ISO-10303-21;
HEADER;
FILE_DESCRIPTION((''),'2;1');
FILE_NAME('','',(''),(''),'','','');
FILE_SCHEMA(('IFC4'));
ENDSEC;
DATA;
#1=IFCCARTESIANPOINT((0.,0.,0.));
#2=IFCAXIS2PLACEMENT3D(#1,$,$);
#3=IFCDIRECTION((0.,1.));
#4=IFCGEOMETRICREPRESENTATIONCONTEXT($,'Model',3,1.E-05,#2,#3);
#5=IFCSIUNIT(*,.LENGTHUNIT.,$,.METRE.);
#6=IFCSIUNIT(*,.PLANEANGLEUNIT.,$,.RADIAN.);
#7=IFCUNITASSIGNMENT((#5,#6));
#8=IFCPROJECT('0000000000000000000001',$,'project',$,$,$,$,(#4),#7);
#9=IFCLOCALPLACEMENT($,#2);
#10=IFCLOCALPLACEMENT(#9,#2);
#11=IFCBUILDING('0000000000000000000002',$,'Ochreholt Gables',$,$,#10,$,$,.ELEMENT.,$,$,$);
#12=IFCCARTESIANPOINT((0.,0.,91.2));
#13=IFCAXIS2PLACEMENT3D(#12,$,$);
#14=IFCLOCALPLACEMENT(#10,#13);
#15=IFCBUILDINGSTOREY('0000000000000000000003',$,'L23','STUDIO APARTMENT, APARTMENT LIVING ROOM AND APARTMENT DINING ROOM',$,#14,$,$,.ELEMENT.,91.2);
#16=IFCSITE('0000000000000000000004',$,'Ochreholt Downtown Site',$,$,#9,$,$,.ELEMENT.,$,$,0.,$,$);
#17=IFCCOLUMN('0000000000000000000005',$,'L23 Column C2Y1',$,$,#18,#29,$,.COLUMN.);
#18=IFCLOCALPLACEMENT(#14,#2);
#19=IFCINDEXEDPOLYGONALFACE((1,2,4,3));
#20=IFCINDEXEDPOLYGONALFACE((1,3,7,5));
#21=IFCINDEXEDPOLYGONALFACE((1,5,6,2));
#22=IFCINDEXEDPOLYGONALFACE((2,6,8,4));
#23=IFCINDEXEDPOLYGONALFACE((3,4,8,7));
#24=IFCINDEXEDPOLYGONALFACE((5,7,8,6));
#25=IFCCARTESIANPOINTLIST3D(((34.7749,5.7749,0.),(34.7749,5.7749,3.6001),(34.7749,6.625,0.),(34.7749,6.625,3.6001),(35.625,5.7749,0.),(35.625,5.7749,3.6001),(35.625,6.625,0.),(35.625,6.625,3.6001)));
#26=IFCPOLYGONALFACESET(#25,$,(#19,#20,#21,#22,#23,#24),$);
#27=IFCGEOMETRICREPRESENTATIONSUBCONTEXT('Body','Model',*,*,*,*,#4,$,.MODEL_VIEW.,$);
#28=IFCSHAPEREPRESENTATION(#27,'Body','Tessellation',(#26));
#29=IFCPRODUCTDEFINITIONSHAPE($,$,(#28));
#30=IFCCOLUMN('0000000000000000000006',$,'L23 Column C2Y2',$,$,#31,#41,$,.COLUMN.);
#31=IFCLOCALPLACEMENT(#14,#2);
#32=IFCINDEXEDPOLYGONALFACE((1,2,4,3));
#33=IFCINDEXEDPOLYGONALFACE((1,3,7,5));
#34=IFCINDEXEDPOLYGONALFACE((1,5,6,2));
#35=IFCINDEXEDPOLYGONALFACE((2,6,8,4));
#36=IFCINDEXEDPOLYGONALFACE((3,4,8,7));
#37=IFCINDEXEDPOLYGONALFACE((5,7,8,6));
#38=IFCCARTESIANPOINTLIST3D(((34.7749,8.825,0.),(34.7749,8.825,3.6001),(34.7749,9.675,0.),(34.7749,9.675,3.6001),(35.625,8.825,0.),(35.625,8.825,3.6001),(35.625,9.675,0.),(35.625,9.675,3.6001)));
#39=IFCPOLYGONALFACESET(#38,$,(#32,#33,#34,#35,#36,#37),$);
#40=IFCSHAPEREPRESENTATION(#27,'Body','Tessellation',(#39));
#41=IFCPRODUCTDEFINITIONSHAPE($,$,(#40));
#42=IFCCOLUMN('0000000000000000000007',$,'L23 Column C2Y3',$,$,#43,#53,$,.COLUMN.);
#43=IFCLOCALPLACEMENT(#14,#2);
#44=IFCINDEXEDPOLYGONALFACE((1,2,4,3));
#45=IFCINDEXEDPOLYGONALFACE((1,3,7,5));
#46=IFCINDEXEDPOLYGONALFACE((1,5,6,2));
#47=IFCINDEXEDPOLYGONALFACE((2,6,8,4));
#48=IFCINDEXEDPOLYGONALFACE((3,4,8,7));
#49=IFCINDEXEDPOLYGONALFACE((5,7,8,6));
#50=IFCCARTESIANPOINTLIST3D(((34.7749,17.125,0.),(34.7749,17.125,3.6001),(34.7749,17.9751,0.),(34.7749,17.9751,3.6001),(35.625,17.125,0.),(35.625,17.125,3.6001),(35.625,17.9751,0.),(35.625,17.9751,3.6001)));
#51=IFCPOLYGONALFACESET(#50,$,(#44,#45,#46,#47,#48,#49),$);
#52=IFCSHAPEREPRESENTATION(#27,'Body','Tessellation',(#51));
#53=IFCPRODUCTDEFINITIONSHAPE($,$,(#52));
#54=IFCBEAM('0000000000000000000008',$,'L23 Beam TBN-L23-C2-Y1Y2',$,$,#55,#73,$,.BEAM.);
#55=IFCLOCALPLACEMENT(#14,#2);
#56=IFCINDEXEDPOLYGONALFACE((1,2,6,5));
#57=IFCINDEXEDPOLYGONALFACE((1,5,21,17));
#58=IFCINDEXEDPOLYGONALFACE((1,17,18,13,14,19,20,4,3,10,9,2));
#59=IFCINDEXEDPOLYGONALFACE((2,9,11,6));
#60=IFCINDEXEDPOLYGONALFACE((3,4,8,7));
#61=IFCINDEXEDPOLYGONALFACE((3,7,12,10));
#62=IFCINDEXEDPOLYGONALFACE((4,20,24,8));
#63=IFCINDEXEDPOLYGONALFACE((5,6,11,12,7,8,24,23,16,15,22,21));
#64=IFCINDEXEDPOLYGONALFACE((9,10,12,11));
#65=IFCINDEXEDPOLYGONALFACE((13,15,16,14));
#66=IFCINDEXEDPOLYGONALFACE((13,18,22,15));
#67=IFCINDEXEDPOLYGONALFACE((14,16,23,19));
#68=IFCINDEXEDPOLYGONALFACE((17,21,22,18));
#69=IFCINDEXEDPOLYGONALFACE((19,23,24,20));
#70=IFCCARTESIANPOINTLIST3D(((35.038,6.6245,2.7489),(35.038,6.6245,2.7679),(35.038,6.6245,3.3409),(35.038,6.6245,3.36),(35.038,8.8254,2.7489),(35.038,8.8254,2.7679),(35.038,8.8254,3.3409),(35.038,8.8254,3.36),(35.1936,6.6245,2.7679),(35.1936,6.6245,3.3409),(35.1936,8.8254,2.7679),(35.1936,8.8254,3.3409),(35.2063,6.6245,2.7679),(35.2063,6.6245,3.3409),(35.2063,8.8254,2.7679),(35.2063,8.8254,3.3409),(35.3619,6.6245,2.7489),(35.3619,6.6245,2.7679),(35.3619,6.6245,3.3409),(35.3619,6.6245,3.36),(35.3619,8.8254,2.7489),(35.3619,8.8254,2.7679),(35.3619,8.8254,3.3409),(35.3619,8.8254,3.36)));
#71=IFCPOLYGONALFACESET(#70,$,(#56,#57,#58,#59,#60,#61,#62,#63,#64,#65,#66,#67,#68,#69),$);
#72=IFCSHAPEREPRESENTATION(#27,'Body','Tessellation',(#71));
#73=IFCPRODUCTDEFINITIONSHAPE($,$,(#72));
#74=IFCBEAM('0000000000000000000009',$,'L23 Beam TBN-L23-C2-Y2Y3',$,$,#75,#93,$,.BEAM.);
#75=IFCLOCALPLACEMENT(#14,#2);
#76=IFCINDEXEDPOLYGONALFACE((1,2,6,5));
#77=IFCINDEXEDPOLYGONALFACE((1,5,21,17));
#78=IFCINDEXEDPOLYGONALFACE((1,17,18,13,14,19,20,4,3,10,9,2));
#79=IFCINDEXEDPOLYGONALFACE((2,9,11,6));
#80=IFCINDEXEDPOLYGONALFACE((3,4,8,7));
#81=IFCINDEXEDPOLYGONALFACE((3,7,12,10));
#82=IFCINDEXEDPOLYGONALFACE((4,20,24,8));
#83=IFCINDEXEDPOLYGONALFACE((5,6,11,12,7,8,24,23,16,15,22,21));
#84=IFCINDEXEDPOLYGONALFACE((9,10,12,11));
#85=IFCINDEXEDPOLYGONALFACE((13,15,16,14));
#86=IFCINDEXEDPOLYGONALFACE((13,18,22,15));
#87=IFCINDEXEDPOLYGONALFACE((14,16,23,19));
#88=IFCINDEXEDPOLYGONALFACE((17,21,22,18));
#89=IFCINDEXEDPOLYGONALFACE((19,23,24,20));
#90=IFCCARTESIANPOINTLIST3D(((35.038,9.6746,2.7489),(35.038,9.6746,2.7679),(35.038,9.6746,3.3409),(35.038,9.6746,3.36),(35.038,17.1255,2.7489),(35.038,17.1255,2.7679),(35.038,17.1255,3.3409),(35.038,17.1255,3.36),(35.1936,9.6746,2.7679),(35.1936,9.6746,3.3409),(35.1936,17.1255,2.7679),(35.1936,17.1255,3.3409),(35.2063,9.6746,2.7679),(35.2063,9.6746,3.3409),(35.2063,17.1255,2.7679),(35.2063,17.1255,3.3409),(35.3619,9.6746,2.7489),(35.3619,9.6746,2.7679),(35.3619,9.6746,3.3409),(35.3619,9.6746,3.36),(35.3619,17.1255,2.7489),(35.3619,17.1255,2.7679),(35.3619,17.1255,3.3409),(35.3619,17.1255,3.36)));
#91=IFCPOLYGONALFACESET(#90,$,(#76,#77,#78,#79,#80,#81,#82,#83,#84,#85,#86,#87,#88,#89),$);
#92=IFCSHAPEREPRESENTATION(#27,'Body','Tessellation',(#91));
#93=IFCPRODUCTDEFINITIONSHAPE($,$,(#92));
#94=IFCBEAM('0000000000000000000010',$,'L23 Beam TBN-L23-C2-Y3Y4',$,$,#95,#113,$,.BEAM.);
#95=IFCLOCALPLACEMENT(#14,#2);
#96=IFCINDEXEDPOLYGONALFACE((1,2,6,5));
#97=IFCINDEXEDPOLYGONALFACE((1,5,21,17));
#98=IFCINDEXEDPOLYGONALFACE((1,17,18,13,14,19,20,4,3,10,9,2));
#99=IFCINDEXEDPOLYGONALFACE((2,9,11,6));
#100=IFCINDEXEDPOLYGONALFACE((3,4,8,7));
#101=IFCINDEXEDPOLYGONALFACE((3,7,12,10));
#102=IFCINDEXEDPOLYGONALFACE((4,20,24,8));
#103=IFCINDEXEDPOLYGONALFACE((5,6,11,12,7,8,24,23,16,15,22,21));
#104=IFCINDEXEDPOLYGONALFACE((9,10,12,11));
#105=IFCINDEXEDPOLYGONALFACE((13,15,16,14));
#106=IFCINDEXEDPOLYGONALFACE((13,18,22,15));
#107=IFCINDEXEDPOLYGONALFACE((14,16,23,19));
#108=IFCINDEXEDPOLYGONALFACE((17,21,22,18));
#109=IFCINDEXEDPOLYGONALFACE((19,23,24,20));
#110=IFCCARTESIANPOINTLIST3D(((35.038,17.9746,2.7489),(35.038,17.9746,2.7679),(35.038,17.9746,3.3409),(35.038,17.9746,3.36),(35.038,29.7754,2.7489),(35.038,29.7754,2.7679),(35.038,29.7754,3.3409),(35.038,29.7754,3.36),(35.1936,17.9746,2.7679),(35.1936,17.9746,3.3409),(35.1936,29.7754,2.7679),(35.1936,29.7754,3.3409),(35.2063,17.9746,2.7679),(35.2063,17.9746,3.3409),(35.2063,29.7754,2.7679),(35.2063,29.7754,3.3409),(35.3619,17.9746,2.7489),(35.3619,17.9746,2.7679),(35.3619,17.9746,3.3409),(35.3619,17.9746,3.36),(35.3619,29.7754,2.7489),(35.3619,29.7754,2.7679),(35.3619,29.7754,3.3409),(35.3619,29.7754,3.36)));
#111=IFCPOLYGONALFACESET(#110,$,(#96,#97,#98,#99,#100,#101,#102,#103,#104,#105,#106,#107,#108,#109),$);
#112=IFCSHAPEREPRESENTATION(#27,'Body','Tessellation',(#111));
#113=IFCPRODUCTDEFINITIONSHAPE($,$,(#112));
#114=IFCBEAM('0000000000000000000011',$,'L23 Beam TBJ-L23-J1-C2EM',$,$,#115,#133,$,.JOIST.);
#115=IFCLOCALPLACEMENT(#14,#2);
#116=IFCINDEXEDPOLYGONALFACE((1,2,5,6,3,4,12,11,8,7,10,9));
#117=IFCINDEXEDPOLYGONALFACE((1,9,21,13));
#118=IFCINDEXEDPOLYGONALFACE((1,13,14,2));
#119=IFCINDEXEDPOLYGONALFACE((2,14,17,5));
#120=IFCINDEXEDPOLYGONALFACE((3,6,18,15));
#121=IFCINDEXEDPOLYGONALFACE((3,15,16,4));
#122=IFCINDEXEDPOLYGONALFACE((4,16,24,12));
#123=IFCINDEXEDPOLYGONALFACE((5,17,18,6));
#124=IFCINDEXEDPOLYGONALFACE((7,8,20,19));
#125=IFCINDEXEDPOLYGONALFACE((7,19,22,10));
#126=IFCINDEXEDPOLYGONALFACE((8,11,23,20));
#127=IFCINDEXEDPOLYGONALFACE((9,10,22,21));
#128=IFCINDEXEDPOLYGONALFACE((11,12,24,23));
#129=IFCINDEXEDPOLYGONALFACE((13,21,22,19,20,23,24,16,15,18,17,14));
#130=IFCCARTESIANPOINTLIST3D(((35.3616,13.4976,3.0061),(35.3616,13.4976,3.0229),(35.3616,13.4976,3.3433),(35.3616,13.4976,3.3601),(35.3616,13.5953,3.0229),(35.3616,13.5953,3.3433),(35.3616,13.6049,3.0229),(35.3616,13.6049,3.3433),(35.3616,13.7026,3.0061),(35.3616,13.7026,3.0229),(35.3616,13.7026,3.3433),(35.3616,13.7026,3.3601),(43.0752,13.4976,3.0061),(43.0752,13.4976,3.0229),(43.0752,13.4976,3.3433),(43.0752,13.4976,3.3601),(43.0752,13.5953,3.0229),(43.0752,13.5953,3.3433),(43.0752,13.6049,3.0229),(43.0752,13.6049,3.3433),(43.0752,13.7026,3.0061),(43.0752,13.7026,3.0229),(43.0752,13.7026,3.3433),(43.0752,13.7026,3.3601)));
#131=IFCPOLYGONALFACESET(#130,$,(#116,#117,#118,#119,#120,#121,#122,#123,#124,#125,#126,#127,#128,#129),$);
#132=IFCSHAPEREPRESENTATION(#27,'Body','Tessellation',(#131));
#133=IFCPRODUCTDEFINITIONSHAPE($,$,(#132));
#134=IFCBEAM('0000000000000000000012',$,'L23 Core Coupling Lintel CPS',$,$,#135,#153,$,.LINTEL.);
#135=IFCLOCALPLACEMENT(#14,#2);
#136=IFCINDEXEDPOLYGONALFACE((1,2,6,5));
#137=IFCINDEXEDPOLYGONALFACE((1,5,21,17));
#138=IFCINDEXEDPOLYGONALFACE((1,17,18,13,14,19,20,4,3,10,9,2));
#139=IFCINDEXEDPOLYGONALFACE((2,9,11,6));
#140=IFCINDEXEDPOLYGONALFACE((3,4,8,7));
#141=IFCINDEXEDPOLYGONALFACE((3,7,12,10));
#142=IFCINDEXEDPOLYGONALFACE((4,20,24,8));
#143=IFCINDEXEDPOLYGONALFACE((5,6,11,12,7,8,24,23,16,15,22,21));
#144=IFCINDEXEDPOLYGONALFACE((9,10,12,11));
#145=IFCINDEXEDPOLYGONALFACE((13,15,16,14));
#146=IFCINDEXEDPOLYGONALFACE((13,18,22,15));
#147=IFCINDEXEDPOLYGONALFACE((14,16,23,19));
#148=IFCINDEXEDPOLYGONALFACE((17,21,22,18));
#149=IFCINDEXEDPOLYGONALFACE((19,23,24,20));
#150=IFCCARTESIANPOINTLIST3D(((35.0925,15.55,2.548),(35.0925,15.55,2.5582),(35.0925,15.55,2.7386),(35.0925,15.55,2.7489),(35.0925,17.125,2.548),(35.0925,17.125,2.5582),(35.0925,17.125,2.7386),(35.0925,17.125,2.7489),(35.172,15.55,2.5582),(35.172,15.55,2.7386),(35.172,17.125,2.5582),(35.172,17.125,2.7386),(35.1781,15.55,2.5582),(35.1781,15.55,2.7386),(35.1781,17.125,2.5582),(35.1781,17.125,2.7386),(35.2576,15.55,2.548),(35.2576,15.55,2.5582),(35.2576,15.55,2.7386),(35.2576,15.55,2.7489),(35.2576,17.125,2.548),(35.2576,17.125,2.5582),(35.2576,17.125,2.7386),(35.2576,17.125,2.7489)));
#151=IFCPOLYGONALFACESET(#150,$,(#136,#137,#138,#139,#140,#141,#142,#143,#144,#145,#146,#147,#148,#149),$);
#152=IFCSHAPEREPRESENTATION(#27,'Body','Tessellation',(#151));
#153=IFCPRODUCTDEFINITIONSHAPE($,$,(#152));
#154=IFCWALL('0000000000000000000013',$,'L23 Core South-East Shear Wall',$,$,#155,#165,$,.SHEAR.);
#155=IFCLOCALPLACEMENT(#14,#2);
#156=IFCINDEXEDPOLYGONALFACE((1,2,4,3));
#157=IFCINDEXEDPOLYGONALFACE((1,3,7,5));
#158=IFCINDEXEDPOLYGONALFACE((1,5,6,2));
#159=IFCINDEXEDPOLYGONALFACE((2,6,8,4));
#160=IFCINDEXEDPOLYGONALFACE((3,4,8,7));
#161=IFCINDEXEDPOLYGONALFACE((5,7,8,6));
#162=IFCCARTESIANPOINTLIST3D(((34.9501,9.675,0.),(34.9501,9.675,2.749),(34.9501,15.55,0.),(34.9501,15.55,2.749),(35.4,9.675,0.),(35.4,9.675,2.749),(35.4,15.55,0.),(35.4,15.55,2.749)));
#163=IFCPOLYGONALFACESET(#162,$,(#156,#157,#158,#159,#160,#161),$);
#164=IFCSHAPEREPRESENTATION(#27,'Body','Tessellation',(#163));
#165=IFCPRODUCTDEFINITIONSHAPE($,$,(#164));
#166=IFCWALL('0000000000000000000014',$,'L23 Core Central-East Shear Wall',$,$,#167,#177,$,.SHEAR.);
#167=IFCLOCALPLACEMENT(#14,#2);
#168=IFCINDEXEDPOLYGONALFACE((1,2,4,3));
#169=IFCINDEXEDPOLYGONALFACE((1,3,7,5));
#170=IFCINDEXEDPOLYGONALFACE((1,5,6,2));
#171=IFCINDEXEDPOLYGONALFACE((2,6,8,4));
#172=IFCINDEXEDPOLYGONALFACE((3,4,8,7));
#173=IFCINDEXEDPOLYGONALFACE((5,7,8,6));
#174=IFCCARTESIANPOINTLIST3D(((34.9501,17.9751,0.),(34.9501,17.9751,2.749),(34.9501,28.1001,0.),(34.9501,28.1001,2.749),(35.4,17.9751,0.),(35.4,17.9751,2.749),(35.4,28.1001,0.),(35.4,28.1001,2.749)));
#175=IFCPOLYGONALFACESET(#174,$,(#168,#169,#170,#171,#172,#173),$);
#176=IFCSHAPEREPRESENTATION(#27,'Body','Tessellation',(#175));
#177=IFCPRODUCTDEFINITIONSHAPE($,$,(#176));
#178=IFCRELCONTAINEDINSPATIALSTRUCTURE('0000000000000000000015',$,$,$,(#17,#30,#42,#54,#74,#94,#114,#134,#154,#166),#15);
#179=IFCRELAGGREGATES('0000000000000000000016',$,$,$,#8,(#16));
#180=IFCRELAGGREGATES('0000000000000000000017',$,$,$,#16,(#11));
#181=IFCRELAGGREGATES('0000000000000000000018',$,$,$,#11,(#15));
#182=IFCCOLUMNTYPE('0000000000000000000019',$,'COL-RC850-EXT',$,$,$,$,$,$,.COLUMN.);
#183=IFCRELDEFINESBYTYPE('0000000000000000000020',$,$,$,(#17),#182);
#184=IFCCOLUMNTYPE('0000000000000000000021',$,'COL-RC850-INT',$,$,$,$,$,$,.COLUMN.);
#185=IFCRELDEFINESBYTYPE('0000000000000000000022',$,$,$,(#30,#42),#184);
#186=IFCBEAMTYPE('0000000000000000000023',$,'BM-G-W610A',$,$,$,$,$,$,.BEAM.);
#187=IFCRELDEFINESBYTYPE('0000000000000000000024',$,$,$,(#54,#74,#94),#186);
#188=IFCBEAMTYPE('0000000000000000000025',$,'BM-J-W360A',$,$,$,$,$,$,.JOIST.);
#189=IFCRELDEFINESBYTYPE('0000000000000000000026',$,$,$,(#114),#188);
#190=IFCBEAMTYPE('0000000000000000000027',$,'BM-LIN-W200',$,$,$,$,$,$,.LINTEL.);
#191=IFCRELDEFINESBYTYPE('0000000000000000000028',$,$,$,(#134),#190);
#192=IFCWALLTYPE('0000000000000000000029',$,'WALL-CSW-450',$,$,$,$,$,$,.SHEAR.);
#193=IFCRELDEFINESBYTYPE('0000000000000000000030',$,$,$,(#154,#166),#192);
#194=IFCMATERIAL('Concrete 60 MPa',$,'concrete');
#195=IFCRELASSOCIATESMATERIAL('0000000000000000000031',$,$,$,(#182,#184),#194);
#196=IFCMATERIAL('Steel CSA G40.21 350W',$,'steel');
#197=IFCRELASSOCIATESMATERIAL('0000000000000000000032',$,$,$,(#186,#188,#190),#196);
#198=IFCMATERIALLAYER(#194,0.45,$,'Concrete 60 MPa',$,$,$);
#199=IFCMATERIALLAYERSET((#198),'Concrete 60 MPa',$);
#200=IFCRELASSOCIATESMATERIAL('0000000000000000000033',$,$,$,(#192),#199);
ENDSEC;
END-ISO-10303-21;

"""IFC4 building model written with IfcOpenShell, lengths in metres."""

from ifc_helpers import new_model, si_unit, direction, frame, frame_2d, origin, origin_2d, place, context, subcontext, project, spatial, rectangle, i_section, extrude, material, layer, layer_set, material_profile, profile_set, type_object, element, save


model = new_model("IFC4")

# Units and contexts
model_context = context("Model", 3, precision=1e-05, world=origin(), true_north=direction((0.0, 1.0)))
body_context = subcontext(model_context, "Body", "Model", "MODEL_VIEW")
ifc_project = project(units=[si_unit("LENGTHUNIT", "METRE"), si_unit("PLANEANGLEUNIT", "RADIAN")], contexts=[model_context])

# Site, building, storey
site_placement = place(None, origin())
site = spatial("IfcSite", under=ifc_project, at=site_placement, Name="Ochreholt Downtown Site", CompositionType="ELEMENT", RefElevation=0.0)
building_placement = place(site_placement, origin())
building = spatial("IfcBuilding", under=site, at=building_placement, Name="Ochreholt Gables", CompositionType="ELEMENT")
storey_placement = place(building_placement, frame((0.0, 0.0, 91.2)))
storey = spatial("IfcBuildingStorey", under=building, at=storey_placement, Name="L23", Description="STUDIO APARTMENT, APARTMENT LIVING ROOM AND APARTMENT DINING ROOM", CompositionType="ELEMENT", Elevation=91.2)

# Columns
ifc_material_1 = material(Name="Concrete 60 MPa", Category="concrete")
ifc_material_profile_1 = material_profile(ifc_material_1, rectangle(XDim=0.8501, YDim=0.8501, at=origin_2d()), Name="RC850X850")
ifc_profile_set_1 = profile_set([ifc_material_profile_1], Name="Concrete 60 MPa")
column_type_1 = type_object("IfcColumnType", Name="COL-RC850-EXT", PredefinedType="COLUMN", material=ifc_profile_set_1)
column_placement = place(storey_placement, frame((35.2, 6.2, 0.0), z_axis=(0.0, 0.0, 1.0), x_axis=(1.0, 0.0, 0.0)))
element("IfcColumn", 1, at=column_placement, inside=storey, type_object=column_type_1, Name="L23 Column C2Y1", PredefinedType="COLUMN", context=body_context, shape_type="SweptSolid", body=[
    extrude(rectangle(XDim=0.8501, YDim=0.8501, at=origin_2d()), origin(), (0.0, 0.0, 1.0), 3.6001),
])
ifc_material_profile_2 = material_profile(ifc_material_1, rectangle(XDim=0.8501, YDim=0.8501, at=origin_2d()), Name="RC850X850")
ifc_profile_set_2 = profile_set([ifc_material_profile_2], Name="Concrete 60 MPa")
column_type_2 = type_object("IfcColumnType", Name="COL-RC850-INT", PredefinedType="COLUMN", material=ifc_profile_set_2)
for number, where, z_axis, x_axis, name in (
    (2, (35.2, 9.25, 0.0), (0.0, 0.0, 1.0), (1.0, 0.0, 0.0), "L23 Column C2Y2"),
    (3, (35.2, 17.55, 0.0), (0.0, 0.0, 1.0), (1.0, 0.0, 0.0), "L23 Column C2Y3"),
):
    element("IfcColumn", number, at=place(storey_placement, frame(where, z_axis=z_axis, x_axis=x_axis)), inside=storey, type_object=column_type_2, Name=name, PredefinedType="COLUMN", context=body_context, shape_type="SweptSolid", body=[
        extrude(rectangle(XDim=0.8501, YDim=0.8501, at=origin_2d()), origin(), (0.0, 0.0, 1.0), 3.6001),
    ])

# Beams
ifc_material_2 = material(Name="Steel CSA G40.21 350W", Category="steel")
ifc_material_profile_3 = material_profile(ifc_material_2, i_section(OverallWidth=0.324, OverallDepth=0.6111, WebThickness=0.0127, FlangeThickness=0.019, at=origin_2d()), Name="W610X155")
ifc_profile_set_3 = profile_set([ifc_material_profile_3], Name="Steel CSA G40.21 350W")
beam_type_1 = type_object("IfcBeamType", Name="BM-G-W610A", PredefinedType="BEAM", material=ifc_profile_set_3)
beam_1_placement = place(storey_placement, frame((35.2, 6.6245, 3.0544), z_axis=(0.0, 1.0, 0.0), x_axis=(-1.0, 0.0, 0.0)))
element("IfcBeam", 4, at=beam_1_placement, inside=storey, type_object=beam_type_1, Name="L23 Beam TBN-L23-C2-Y1Y2", PredefinedType="BEAM", context=body_context, shape_type="SweptSolid", body=[
    extrude(i_section(OverallWidth=0.324, OverallDepth=0.6111, WebThickness=0.0127, FlangeThickness=0.019, at=origin_2d()), origin(), (0.0, 0.0, 1.0), 2.2009),
])
beam_2_placement = place(storey_placement, frame((35.2, 9.6746, 3.0544), z_axis=(0.0, 1.0, 0.0), x_axis=(-1.0, 0.0, 0.0)))
element("IfcBeam", 5, at=beam_2_placement, inside=storey, type_object=beam_type_1, Name="L23 Beam TBN-L23-C2-Y2Y3", PredefinedType="BEAM", context=body_context, shape_type="SweptSolid", body=[
    extrude(i_section(OverallWidth=0.324, OverallDepth=0.6111, WebThickness=0.0127, FlangeThickness=0.019, at=origin_2d()), origin(), (0.0, 0.0, 1.0), 7.4509),
])
beam_3_placement = place(storey_placement, frame((35.2, 17.9746, 3.0544), z_axis=(0.0, 1.0, 0.0), x_axis=(-1.0, 0.0, 0.0)))
element("IfcBeam", 6, at=beam_3_placement, inside=storey, type_object=beam_type_1, Name="L23 Beam TBN-L23-C2-Y3Y4", PredefinedType="BEAM", context=body_context, shape_type="SweptSolid", body=[
    extrude(i_section(OverallWidth=0.324, OverallDepth=0.6111, WebThickness=0.0127, FlangeThickness=0.019, at=origin_2d()), origin(), (0.0, 0.0, 1.0), 11.8008),
])
ifc_material_profile_4 = material_profile(ifc_material_2, i_section(OverallWidth=0.2051, OverallDepth=0.354, WebThickness=0.0095, FlangeThickness=0.0168, at=origin_2d()), Name="W360X79")
ifc_profile_set_4 = profile_set([ifc_material_profile_4], Name="Steel CSA G40.21 350W")
beam_type_2 = type_object("IfcBeamType", Name="BM-J-W360A", PredefinedType="JOIST", material=ifc_profile_set_4)
beam_4_placement = place(storey_placement, frame((35.3616, 13.6001, 3.1831), z_axis=(1.0, 0.0, 0.0), x_axis=(0.0, 1.0, 0.0)))
element("IfcBeam", 7, at=beam_4_placement, inside=storey, type_object=beam_type_2, Name="L23 Beam TBJ-L23-J1-C2EM", PredefinedType="JOIST", context=body_context, shape_type="SweptSolid", body=[
    extrude(i_section(OverallWidth=0.2051, OverallDepth=0.354, WebThickness=0.0095, FlangeThickness=0.0168, at=origin_2d()), origin(), (0.0, 0.0, 1.0), 7.7136),
])
ifc_material_profile_5 = material_profile(ifc_material_2, i_section(OverallWidth=0.165, OverallDepth=0.2009, WebThickness=0.0061, FlangeThickness=0.0103, at=origin_2d()), Name="W200X36")
ifc_profile_set_5 = profile_set([ifc_material_profile_5], Name="Steel CSA G40.21 350W")
beam_type_3 = type_object("IfcBeamType", Name="BM-LIN-W200", PredefinedType="LINTEL", material=ifc_profile_set_5)
beam_5_placement = place(storey_placement, frame((35.175, 15.55, 2.6484), z_axis=(0.0, 1.0, 0.0), x_axis=(-1.0, 0.0, 0.0)))
element("IfcBeam", 8, at=beam_5_placement, inside=storey, type_object=beam_type_3, Name="L23 Core Coupling Lintel CPS", PredefinedType="LINTEL", context=body_context, shape_type="SweptSolid", body=[
    extrude(i_section(OverallWidth=0.165, OverallDepth=0.2009, WebThickness=0.0061, FlangeThickness=0.0103, at=origin_2d()), origin(), (0.0, 0.0, 1.0), 1.575),
])

# Walls
ifc_layer_1 = layer(ifc_material_1, 0.45, Name="Concrete 60 MPa")
ifc_layer_set_1 = layer_set([ifc_layer_1], Name="Concrete 60 MPa")
wall_type_1 = type_object("IfcWallType", Name="WALL-CSW-450", PredefinedType="SHEAR", material=ifc_layer_set_1)
wall_1_placement = place(storey_placement, frame((35.175, 9.675, 0.0), z_axis=(0.0, 0.0, 1.0), x_axis=(0.0, 1.0, 0.0)))
element("IfcWall", 9, at=wall_1_placement, inside=storey, type_object=wall_type_1, Name="L23 Core South-East Shear Wall", PredefinedType="SHEAR", context=body_context, shape_type="SweptSolid", body=[
    extrude(rectangle(XDim=5.875, YDim=0.45, at=frame_2d((2.9375, 0.0))), origin(), (0.0, 0.0, 1.0), 2.749),
])
wall_2_placement = place(storey_placement, frame((35.175, 17.9751, 0.0), z_axis=(0.0, 0.0, 1.0), x_axis=(0.0, 1.0, 0.0)))
element("IfcWall", 10, at=wall_2_placement, inside=storey, type_object=wall_type_1, Name="L23 Core Central-East Shear Wall", PredefinedType="SHEAR", context=body_context, shape_type="SweptSolid", body=[
    extrude(rectangle(XDim=10.125, YDim=0.45, at=frame_2d((5.0625, 0.0))), origin(), (0.0, 0.0, 1.0), 2.749),
])

save(model, "model.ifc")
